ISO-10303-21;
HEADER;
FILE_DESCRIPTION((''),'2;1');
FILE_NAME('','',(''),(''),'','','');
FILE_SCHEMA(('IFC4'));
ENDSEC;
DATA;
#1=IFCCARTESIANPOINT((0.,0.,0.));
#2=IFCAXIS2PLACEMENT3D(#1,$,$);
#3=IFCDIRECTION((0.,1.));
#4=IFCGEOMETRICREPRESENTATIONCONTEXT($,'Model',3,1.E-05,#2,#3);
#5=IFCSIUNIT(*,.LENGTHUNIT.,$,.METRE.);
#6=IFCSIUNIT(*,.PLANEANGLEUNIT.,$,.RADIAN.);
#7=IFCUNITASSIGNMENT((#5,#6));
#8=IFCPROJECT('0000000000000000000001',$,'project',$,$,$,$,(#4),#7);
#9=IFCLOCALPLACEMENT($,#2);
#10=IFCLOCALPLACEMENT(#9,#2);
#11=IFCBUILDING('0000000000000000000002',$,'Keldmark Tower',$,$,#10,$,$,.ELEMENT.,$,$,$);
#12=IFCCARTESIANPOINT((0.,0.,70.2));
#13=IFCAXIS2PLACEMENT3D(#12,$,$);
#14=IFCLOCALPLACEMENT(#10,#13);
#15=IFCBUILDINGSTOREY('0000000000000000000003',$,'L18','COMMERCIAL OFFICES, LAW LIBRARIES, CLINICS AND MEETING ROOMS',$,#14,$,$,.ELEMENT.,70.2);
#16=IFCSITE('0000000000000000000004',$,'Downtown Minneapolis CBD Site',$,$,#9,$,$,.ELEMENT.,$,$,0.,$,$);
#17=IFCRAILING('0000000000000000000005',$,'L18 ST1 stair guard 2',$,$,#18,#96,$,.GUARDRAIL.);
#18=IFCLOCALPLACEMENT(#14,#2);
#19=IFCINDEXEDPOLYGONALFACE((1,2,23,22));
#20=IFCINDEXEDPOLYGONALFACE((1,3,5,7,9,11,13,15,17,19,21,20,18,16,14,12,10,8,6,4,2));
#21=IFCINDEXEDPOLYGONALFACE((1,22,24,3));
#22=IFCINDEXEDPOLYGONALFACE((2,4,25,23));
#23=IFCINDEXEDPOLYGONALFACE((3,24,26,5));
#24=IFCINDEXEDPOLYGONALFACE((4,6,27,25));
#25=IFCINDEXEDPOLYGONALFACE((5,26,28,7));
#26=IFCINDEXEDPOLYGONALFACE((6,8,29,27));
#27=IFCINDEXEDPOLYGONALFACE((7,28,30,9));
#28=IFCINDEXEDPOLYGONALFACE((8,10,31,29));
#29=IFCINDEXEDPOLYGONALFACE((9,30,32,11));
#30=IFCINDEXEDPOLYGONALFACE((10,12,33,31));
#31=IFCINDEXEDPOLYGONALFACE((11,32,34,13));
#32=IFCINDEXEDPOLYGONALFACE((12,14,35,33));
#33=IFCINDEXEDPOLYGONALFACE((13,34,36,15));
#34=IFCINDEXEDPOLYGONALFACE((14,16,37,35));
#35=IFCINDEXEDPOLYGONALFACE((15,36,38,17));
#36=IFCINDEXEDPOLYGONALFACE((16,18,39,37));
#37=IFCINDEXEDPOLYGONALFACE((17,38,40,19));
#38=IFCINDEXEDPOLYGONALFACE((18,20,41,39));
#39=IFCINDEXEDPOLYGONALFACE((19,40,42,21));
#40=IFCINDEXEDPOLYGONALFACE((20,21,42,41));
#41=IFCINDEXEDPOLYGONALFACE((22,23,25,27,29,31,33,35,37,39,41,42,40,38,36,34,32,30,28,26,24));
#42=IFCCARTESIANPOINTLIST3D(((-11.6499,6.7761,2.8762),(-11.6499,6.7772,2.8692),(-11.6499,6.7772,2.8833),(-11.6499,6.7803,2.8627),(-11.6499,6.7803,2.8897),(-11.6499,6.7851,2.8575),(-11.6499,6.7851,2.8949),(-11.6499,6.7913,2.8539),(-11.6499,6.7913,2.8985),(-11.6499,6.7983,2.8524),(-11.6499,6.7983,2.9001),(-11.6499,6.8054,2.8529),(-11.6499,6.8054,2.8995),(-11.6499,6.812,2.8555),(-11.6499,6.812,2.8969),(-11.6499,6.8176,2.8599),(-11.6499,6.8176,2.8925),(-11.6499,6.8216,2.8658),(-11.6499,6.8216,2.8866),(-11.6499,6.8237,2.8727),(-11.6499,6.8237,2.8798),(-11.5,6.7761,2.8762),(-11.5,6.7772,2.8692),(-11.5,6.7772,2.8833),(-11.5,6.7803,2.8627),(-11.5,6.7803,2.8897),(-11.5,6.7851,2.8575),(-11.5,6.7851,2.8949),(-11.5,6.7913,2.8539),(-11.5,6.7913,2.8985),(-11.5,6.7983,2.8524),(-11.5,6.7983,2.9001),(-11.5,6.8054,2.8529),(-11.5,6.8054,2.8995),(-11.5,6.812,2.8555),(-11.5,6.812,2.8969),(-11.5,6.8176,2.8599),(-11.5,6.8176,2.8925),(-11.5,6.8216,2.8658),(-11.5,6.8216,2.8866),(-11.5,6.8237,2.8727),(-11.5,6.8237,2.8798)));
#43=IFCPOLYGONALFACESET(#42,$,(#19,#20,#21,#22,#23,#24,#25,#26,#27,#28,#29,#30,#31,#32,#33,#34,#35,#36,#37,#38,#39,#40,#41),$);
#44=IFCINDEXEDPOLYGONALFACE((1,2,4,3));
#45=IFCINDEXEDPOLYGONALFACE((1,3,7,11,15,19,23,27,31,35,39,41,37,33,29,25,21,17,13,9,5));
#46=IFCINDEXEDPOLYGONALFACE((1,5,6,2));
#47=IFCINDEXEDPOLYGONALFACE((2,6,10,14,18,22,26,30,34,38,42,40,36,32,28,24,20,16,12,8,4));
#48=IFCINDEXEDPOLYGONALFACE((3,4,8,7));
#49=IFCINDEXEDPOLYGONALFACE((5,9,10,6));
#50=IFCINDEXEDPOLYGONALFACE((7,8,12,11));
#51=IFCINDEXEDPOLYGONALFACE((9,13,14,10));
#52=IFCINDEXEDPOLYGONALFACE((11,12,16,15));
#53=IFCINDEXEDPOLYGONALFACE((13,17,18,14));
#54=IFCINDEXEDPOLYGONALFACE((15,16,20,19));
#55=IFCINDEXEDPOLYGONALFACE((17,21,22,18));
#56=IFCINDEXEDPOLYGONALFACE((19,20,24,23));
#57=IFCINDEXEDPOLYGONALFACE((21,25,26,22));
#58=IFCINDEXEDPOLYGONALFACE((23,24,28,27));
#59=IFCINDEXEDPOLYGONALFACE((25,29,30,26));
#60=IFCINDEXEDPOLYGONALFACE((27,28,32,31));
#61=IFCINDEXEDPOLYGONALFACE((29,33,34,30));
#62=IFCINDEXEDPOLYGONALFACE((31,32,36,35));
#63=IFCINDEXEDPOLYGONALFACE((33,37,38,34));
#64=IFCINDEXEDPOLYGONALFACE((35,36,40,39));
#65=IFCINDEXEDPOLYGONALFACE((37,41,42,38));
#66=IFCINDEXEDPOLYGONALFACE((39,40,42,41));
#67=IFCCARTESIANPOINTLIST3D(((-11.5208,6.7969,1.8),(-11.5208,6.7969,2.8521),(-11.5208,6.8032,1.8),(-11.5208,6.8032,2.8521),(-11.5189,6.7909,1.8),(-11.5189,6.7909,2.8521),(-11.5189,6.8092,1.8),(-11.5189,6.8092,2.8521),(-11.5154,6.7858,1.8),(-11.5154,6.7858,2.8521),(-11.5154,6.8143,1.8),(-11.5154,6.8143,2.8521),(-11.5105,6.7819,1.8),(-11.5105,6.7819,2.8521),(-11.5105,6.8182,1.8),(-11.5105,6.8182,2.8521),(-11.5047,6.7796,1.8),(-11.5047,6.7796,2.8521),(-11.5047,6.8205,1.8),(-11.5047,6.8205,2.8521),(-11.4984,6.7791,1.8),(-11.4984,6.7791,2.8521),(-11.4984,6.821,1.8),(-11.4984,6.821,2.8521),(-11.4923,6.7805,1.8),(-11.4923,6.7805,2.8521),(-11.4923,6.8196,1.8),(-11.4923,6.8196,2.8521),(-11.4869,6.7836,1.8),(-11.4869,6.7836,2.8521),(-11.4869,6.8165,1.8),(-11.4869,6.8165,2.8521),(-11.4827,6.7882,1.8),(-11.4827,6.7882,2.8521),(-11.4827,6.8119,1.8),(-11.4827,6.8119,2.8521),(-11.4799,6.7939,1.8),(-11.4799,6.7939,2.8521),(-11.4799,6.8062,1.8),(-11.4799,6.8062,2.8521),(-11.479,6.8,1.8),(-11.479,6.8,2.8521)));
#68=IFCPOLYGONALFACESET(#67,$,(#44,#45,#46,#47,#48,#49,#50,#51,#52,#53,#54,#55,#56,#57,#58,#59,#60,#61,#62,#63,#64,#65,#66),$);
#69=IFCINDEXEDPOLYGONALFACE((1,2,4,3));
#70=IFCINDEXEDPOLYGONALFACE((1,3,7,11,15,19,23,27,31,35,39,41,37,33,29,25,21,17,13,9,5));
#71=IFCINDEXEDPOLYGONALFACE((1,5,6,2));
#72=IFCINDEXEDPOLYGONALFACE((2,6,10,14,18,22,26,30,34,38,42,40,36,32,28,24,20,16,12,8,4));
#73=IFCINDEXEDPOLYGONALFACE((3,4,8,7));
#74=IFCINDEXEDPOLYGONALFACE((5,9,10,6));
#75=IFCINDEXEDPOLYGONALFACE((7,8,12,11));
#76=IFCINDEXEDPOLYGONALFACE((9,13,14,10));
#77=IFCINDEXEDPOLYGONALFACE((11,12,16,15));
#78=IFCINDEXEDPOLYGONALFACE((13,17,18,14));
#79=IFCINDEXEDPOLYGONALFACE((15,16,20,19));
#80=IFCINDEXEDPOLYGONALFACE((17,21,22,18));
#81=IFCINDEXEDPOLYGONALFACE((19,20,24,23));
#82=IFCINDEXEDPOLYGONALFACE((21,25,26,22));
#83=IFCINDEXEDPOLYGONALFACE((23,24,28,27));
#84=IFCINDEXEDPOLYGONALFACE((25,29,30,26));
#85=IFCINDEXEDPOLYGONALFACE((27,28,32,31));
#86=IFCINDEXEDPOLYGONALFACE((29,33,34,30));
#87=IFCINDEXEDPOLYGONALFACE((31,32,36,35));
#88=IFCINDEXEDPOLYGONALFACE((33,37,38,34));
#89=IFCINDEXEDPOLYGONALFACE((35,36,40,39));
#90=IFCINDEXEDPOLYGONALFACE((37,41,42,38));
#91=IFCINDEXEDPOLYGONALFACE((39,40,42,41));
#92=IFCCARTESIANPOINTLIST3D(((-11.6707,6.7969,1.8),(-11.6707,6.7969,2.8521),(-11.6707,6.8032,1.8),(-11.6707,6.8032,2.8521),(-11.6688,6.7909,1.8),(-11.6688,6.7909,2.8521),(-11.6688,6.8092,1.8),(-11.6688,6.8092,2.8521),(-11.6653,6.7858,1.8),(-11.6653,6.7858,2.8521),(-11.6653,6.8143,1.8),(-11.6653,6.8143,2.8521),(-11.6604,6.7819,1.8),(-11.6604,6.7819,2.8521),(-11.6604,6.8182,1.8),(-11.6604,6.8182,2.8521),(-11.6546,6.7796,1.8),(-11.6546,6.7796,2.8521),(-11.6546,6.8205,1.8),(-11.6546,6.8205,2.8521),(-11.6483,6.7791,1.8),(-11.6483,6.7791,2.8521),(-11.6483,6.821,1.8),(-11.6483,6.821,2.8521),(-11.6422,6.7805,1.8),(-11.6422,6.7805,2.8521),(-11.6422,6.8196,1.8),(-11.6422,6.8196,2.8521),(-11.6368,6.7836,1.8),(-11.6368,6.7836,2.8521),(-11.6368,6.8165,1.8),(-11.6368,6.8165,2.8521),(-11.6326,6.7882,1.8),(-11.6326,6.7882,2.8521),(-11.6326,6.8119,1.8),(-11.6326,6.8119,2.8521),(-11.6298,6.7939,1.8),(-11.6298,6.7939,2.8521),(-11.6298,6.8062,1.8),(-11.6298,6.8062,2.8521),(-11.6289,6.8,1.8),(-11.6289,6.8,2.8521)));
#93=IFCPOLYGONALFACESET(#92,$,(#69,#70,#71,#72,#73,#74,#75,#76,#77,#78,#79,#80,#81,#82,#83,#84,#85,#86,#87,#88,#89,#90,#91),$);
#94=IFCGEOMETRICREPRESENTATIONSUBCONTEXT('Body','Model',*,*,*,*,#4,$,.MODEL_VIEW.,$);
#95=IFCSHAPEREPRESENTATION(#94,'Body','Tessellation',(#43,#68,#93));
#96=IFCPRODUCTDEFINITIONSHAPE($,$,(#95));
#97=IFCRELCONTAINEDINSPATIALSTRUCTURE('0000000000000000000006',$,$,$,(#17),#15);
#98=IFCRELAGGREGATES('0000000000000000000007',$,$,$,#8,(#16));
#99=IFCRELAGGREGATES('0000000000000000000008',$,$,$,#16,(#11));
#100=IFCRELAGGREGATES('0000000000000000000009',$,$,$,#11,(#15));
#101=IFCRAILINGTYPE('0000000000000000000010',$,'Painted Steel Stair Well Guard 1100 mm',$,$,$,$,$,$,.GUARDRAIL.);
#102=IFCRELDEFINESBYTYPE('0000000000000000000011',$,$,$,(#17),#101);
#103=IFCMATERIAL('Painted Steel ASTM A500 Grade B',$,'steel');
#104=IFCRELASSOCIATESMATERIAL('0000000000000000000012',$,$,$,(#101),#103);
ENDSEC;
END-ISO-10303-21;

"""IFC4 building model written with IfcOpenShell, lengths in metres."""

from ifc_helpers import new_model, si_unit, direction, frame, origin, origin_2d, place, context, subcontext, project, spatial, circle, extrude, material, type_object, element, save


model = new_model("IFC4")

# Units and contexts
model_context = context("Model", 3, precision=1e-05, world=origin(), true_north=direction((0.0, 1.0)))
body_context = subcontext(model_context, "Body", "Model", "MODEL_VIEW")
ifc_project = project(units=[si_unit("LENGTHUNIT", "METRE"), si_unit("PLANEANGLEUNIT", "RADIAN")], contexts=[model_context])

# Site, building, storey
site_placement = place(None, origin())
site = spatial("IfcSite", under=ifc_project, at=site_placement, Name="Downtown Minneapolis CBD Site", CompositionType="ELEMENT", RefElevation=0.0)
building_placement = place(site_placement, origin())
building = spatial("IfcBuilding", under=site, at=building_placement, Name="Keldmark Tower", CompositionType="ELEMENT")
storey_placement = place(building_placement, frame((0.0, 0.0, 70.2)))
storey = spatial("IfcBuildingStorey", under=building, at=storey_placement, Name="L18", Description="COMMERCIAL OFFICES, LAW LIBRARIES, CLINICS AND MEETING ROOMS", CompositionType="ELEMENT", Elevation=70.2)

# Railing
ifc_material_1 = material(Name="Painted Steel ASTM A500 Grade B", Category="steel")
railing_type_1 = type_object("IfcRailingType", Name="Painted Steel Stair Well Guard 1100 mm", PredefinedType="GUARDRAIL", material=ifc_material_1)
railing_1_placement = place(storey_placement, frame((-11.5, 6.8, 1.8)))
element("IfcRailing", 1, at=railing_1_placement, inside=storey, type_object=railing_type_1, Name="L18 ST1 stair guard 2", PredefinedType="GUARDRAIL", context=body_context, shape_type="SweptSolid", body=[
    extrude(circle(Radius=0.0239, at=origin_2d()), frame((0.0, 0.0, 1.0762), z_axis=(-1.0, 0.0, 0.0), x_axis=(0.0, -1.0, 0.0)), (0.0, 0.0, 1.0), 0.1499),
    extrude(circle(Radius=0.021, at=origin_2d()), origin(), (0.0, 0.0, 1.0), 1.052),
    extrude(circle(Radius=0.021, at=origin_2d()), frame((-0.1499, 0.0, 0.0)), (0.0, 0.0, 1.0), 1.052),
])

save(model, "model.ifc")
